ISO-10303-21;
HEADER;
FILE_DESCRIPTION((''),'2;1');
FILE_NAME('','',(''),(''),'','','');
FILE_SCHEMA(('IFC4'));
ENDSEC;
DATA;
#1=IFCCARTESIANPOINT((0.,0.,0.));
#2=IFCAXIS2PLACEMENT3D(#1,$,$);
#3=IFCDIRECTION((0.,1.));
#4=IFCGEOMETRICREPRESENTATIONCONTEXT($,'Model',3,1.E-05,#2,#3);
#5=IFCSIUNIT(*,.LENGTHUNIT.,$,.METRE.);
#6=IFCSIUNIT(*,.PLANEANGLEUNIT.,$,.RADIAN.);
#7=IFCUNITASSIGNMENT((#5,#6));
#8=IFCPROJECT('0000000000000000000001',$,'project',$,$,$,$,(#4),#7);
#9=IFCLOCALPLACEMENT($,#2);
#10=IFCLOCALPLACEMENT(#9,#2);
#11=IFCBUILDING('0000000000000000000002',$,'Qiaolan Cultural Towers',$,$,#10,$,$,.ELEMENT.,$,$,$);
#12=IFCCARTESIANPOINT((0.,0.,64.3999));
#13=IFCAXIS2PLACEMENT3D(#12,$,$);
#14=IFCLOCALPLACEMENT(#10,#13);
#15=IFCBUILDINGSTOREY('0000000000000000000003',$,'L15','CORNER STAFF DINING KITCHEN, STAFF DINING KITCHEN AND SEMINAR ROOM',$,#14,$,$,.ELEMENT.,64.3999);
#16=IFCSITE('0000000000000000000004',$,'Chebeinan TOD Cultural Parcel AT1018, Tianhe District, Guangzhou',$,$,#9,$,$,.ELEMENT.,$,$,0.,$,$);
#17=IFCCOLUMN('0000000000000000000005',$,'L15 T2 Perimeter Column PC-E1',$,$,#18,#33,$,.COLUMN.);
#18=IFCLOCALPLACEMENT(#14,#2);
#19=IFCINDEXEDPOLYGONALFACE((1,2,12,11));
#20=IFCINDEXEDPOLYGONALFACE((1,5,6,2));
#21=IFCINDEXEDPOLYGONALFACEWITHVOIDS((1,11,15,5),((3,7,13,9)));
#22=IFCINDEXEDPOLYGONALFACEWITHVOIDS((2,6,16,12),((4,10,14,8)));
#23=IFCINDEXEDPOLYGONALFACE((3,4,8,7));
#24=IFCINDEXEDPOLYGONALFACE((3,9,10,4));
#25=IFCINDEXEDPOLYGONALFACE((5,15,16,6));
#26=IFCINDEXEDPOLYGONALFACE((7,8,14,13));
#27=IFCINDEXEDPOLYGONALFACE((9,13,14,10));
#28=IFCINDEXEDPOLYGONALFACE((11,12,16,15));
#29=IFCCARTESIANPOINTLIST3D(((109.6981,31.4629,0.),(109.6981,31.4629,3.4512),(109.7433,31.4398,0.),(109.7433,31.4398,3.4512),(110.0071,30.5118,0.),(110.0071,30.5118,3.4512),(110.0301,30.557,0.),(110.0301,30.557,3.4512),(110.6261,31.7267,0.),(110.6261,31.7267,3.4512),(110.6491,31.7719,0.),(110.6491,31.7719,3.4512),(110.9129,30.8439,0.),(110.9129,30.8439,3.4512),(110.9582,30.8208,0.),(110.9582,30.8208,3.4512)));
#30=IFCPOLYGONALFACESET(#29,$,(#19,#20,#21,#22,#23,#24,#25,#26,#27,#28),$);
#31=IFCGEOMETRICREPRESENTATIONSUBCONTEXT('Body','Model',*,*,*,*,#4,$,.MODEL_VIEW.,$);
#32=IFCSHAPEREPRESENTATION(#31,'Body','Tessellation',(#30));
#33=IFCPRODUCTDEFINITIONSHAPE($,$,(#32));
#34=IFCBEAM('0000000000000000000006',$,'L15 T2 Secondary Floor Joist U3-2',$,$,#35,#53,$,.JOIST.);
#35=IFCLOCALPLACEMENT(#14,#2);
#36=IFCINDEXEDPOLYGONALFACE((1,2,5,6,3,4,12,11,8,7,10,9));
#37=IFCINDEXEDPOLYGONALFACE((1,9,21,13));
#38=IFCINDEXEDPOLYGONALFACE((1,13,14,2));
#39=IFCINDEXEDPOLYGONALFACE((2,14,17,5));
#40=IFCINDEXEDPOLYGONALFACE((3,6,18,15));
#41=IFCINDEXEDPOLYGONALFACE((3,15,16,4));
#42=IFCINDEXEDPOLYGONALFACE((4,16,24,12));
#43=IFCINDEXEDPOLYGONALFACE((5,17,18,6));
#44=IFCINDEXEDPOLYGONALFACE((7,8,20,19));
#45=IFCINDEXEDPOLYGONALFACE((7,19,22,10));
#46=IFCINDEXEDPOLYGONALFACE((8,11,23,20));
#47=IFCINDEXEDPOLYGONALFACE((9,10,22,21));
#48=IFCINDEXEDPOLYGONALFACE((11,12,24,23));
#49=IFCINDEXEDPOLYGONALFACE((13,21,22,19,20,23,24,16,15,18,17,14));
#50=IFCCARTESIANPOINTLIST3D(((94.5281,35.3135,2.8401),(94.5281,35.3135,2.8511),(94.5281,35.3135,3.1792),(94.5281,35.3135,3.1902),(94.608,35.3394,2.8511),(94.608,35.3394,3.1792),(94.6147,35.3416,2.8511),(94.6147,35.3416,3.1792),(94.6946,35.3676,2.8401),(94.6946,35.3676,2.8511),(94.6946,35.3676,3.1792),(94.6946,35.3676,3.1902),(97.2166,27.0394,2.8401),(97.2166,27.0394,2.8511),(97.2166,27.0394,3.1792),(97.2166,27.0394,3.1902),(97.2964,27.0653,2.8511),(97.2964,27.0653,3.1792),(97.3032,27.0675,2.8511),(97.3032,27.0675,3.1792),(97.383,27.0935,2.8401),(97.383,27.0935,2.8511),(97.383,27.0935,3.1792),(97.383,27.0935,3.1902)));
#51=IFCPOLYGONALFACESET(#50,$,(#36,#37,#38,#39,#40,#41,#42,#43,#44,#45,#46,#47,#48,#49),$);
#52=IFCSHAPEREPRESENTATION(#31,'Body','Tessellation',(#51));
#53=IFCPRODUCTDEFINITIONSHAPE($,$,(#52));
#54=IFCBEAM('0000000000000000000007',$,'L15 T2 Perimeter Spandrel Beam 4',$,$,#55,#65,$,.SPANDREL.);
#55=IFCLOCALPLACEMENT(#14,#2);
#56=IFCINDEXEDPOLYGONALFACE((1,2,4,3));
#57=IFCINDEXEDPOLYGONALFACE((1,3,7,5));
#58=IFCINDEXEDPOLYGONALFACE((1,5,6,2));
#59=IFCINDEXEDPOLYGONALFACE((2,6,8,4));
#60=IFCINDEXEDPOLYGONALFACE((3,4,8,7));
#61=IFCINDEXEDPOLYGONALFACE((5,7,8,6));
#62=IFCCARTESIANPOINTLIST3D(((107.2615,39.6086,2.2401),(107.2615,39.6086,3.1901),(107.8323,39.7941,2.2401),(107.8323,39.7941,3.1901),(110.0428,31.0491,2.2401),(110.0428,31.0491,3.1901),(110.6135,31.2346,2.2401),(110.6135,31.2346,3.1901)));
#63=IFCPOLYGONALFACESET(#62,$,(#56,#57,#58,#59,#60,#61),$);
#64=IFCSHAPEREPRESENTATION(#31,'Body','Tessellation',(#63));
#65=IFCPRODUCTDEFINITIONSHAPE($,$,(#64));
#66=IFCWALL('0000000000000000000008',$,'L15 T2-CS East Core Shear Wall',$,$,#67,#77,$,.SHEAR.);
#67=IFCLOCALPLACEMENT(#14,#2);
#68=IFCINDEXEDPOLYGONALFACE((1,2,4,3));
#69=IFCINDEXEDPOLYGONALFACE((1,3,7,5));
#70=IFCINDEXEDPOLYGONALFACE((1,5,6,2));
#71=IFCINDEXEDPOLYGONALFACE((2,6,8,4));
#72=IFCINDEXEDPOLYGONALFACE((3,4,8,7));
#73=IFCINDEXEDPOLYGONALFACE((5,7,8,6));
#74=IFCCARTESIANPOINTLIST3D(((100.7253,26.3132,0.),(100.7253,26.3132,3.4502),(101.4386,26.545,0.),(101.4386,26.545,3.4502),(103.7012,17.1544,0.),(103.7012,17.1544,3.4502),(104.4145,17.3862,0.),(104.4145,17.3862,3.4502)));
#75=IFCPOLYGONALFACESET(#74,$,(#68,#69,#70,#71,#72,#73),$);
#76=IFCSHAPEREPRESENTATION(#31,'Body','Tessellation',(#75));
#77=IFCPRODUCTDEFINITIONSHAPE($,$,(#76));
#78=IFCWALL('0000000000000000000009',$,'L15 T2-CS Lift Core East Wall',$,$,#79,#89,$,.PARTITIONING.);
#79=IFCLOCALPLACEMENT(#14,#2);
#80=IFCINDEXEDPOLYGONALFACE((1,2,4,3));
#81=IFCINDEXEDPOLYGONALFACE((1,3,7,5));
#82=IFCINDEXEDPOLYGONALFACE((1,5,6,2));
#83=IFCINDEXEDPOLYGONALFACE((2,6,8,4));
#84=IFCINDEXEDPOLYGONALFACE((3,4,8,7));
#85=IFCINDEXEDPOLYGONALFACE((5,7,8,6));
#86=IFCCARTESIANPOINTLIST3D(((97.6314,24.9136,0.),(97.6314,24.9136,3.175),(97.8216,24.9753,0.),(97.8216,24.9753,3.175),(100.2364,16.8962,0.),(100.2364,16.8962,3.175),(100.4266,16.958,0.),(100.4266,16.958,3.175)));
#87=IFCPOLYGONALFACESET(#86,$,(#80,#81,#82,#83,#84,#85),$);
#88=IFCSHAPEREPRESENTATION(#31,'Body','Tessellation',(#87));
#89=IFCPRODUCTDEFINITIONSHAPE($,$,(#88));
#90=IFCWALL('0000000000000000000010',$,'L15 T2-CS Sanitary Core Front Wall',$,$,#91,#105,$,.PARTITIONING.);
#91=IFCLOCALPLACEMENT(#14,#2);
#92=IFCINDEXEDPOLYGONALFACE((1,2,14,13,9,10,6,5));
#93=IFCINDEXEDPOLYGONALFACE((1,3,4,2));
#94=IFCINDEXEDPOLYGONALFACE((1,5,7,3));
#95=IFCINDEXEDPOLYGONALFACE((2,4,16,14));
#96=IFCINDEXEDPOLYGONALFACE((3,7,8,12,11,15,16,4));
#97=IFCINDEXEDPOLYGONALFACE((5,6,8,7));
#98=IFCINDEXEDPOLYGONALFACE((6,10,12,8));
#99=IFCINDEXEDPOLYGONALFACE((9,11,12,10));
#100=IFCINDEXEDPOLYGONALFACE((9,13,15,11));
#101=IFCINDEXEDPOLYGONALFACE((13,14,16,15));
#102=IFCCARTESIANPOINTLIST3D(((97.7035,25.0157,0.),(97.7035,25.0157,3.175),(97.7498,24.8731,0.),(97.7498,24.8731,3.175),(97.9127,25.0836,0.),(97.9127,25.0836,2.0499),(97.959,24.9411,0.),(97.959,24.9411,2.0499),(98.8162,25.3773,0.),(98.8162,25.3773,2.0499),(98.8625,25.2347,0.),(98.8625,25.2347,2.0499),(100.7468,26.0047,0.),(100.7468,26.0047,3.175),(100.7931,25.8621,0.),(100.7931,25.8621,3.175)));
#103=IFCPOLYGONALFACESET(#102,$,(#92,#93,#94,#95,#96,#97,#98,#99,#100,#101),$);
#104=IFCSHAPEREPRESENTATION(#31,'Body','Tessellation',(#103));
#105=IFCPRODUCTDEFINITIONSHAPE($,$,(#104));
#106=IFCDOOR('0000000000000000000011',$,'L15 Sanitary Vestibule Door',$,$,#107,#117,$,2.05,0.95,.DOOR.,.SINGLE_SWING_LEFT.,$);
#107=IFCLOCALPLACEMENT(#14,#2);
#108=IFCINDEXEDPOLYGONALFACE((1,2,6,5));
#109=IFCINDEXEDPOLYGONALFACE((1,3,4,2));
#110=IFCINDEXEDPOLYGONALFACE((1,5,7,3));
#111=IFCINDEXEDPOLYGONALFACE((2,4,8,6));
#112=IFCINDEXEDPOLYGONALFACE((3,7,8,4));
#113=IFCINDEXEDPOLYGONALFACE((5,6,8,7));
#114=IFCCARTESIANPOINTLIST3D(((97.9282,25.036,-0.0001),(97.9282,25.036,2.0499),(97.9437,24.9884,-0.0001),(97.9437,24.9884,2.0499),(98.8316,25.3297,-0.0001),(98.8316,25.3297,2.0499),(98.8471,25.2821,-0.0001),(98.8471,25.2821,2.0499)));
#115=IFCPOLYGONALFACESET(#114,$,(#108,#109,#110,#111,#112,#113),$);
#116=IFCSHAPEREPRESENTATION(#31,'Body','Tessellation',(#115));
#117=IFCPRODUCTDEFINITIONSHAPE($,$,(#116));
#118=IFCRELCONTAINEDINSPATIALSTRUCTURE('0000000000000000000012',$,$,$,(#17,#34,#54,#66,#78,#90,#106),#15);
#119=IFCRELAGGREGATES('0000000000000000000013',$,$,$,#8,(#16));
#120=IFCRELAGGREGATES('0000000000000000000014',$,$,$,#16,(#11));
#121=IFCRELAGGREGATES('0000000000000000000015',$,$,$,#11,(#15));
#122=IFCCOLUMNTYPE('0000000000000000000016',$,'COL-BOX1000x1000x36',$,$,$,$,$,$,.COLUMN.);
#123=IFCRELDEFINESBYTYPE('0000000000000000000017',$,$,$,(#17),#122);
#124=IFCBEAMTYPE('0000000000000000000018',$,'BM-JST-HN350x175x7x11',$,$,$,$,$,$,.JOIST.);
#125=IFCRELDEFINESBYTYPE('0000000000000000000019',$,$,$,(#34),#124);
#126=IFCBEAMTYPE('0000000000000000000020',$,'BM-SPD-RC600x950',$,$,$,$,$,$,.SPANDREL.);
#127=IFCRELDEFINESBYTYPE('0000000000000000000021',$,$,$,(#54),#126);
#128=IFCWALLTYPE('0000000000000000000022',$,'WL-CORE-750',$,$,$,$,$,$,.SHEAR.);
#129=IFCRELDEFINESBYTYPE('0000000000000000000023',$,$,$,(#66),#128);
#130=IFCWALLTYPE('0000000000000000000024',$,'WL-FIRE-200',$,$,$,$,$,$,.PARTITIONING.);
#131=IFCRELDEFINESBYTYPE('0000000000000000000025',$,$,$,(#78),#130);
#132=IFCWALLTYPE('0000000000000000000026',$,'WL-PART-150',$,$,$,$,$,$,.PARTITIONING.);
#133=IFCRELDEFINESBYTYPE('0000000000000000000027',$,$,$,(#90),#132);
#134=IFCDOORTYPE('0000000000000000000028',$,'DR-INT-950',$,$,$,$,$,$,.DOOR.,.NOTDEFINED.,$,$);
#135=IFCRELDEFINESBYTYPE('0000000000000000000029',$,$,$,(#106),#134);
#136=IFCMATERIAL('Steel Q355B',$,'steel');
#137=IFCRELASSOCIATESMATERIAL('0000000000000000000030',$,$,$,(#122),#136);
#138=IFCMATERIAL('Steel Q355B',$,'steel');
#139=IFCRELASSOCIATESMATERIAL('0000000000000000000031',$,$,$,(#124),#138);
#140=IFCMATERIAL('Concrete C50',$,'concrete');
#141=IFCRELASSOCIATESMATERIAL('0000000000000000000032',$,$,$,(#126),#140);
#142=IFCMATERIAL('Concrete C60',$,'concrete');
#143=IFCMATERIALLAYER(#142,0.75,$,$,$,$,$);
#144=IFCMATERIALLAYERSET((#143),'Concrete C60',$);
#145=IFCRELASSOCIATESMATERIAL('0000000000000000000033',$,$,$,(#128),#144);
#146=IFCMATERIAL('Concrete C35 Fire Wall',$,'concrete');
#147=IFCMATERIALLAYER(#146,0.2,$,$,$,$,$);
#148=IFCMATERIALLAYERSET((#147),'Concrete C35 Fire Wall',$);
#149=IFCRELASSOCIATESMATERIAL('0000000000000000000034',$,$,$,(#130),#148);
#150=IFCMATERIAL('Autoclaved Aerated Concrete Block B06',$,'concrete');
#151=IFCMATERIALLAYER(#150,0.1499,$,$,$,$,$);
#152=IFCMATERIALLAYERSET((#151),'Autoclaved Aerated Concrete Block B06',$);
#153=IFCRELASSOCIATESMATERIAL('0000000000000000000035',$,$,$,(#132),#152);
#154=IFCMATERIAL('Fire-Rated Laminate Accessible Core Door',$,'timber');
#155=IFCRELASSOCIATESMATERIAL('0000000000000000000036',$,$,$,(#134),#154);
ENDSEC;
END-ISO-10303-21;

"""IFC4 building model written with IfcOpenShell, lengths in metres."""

from ifc_helpers import new_model, si_unit, direction, frame, frame_2d, origin, origin_2d, place, context, subcontext, project, spatial, rectangle, hollow_rectangle, i_section, extrude, material, layer, layer_set, material_profile, profile_set, type_object, element, fill, save


model = new_model("IFC4")

# Units and contexts
model_context = context("Model", 3, precision=1e-05, world=origin(), true_north=direction((0.0, 1.0)))
body_context = subcontext(model_context, "Body", "Model", "MODEL_VIEW")
ifc_project = project(units=[si_unit("LENGTHUNIT", "METRE"), si_unit("PLANEANGLEUNIT", "RADIAN")], contexts=[model_context])

# Site, building, storey
site_placement = place(None, origin())
site = spatial("IfcSite", under=ifc_project, at=site_placement, Name="Chebeinan TOD Cultural Parcel AT1018, Tianhe District, Guangzhou", CompositionType="ELEMENT", RefElevation=0.0)
building_placement = place(site_placement, origin())
building = spatial("IfcBuilding", under=site, at=building_placement, Name="Qiaolan Cultural Towers", CompositionType="ELEMENT")
storey_placement = place(building_placement, frame((0.0, 0.0, 64.3999)))
storey = spatial("IfcBuildingStorey", under=building, at=storey_placement, Name="L15", Description="CORNER STAFF DINING KITCHEN, STAFF DINING KITCHEN AND SEMINAR ROOM", CompositionType="ELEMENT", Elevation=64.3999)

# Column
ifc_material_1 = material(Name="Steel Q355B", Category="steel")
ifc_material_profile_1 = material_profile(ifc_material_1, hollow_rectangle(XDim=1.0, YDim=1.0, WallThickness=0.0359, at=origin_2d()), Name="BOX1000x1000x36")
ifc_profile_set_1 = profile_set([ifc_material_profile_1], Name="Steel Q355B")
column_type = type_object("IfcColumnType", Name="COL-BOX1000x1000x36", PredefinedType="COLUMN", material=ifc_profile_set_1)
column_placement = place(storey_placement, frame((110.3281, 31.1418, 0.0), z_axis=(0.0, 0.0, 1.0), x_axis=(0.951057, 0.309017, 0.0)))
element("IfcColumn", 1, at=column_placement, inside=storey, type_object=column_type, Name="L15 T2 Perimeter Column PC-E1", PredefinedType="COLUMN", context=body_context, shape_type="SweptSolid", body=[
    extrude(hollow_rectangle(XDim=1.0, YDim=1.0, WallThickness=0.0359, at=origin_2d()), origin(), (0.0, 0.0, 1.0), 3.4512),
])

# Beams
ifc_material_2 = material(Name="Steel Q355B", Category="steel")
ifc_material_profile_2 = material_profile(ifc_material_2, i_section(OverallWidth=0.175, OverallDepth=0.3501, WebThickness=0.0071, FlangeThickness=0.011, at=origin_2d()), Name="HN350x175x7x11")
ifc_profile_set_2 = profile_set([ifc_material_profile_2], Name="Steel Q355B")
beam_type_1 = type_object("IfcBeamType", Name="BM-JST-HN350x175x7x11", PredefinedType="JOIST", material=ifc_profile_set_2)
beam_1_placement = place(storey_placement, frame((97.2998, 27.0664, 3.0151), z_axis=(-0.309021, 0.951055, 0.0), x_axis=(-0.951055, -0.309021, 0.0)))
element("IfcBeam", 2, at=beam_1_placement, inside=storey, type_object=beam_type_1, Name="L15 T2 Secondary Floor Joist U3-2", PredefinedType="JOIST", context=body_context, shape_type="SweptSolid", body=[
    extrude(i_section(OverallWidth=0.175, OverallDepth=0.3501, WebThickness=0.0071, FlangeThickness=0.011, at=origin_2d()), origin(), (0.0, 0.0, 1.0), 8.7),
])
ifc_material_3 = material(Name="Concrete C50", Category="concrete")
ifc_material_profile_3 = material_profile(ifc_material_3, rectangle(XDim=0.6001, YDim=0.95, at=origin_2d()), Name="RC600x950")
ifc_profile_set_3 = profile_set([ifc_material_profile_3], Name="Concrete C50")
beam_type_2 = type_object("IfcBeamType", Name="BM-SPD-RC600x950", PredefinedType="SPANDREL", material=ifc_profile_set_3)
beam_2_placement = place(storey_placement, frame((110.3281, 31.1418, 2.7151), z_axis=(-0.309025, 0.951054, 0.0), x_axis=(-0.951054, -0.309025, 0.0)))
element("IfcBeam", 3, at=beam_2_placement, inside=storey, type_object=beam_type_2, Name="L15 T2 Perimeter Spandrel Beam 4", PredefinedType="SPANDREL", context=body_context, shape_type="SweptSolid", body=[
    extrude(rectangle(XDim=0.6001, YDim=0.95, at=origin_2d()), origin(), (0.0, 0.0, 1.0), 9.0),
])

# Walls
ifc_material_4 = material(Name="Concrete C60", Category="concrete")
ifc_layer_1 = layer(ifc_material_4, 0.75)
ifc_layer_set_1 = layer_set([ifc_layer_1], Name="Concrete C60")
wall_type_1 = type_object("IfcWallType", Name="WL-CORE-750", PredefinedType="SHEAR", material=ifc_layer_set_1)
wall_1_placement = place(storey_placement, frame((101.082, 26.429, 0.0), z_axis=(0.0, 0.0, 1.0), x_axis=(0.309016, -0.951057, 0.0)))
element("IfcWall", 4, at=wall_1_placement, inside=storey, type_object=wall_type_1, Name="L15 T2-CS East Core Shear Wall", PredefinedType="SHEAR", context=body_context, shape_type="SweptSolid", body=[
    extrude(rectangle(XDim=9.6301, YDim=0.75, at=frame_2d((4.8149, 0.0))), origin(), (0.0, 0.0, 1.0), 3.4502),
])
ifc_material_5 = material(Name="Concrete C35 Fire Wall", Category="concrete")
ifc_layer_2 = layer(ifc_material_5, 0.2)
ifc_layer_set_2 = layer_set([ifc_layer_2], Name="Concrete C35 Fire Wall")
wall_type_2 = type_object("IfcWallType", Name="WL-FIRE-200", PredefinedType="PARTITIONING", material=ifc_layer_set_2)
wall_2_placement = place(storey_placement, frame((97.7266, 24.9443, 0.0), z_axis=(0.0, 0.0, 1.0), x_axis=(0.309016, -0.951057, 0.0)))
element("IfcWall", 5, at=wall_2_placement, inside=storey, type_object=wall_type_2, Name="L15 T2-CS Lift Core East Wall", PredefinedType="PARTITIONING", context=body_context, shape_type="SweptSolid", body=[
    extrude(rectangle(XDim=8.4299, YDim=0.2, at=frame_2d((4.2148, 0.0))), origin(), (0.0, 0.0, 1.0), 3.175),
])

# Wall, opening, door
ifc_material_6 = material(Name="Autoclaved Aerated Concrete Block B06", Category="concrete")
ifc_layer_3 = layer(ifc_material_6, 0.1499)
ifc_layer_set_3 = layer_set([ifc_layer_3], Name="Autoclaved Aerated Concrete Block B06")
wall_type_3 = type_object("IfcWallType", Name="WL-PART-150", PredefinedType="PARTITIONING", material=ifc_layer_set_3)
wall_3_placement = place(storey_placement, frame((97.7266, 24.9443, 0.0), z_axis=(0.0, 0.0, 1.0), x_axis=(0.951037, 0.309077, 0.0)))
wall_3 = element("IfcWall", 6, at=wall_3_placement, inside=storey, type_object=wall_type_3, Name="L15 T2-CS Sanitary Core Front Wall", PredefinedType="PARTITIONING", context=body_context, shape_type="SweptSolid", body=[
    extrude(rectangle(XDim=3.2, YDim=0.1499, at=frame_2d((1.6001, 0.0))), origin(), (0.0, 0.0, 1.0), 3.175),
])
opening_1_placement = place(wall_3_placement, frame((0.22, 0.0, 0.0)))
opening_1 = element("IfcOpeningElement", 7, at=opening_1_placement, cuts=wall_3, PredefinedType="OPENING", context=body_context, shape_type="SweptSolid", body=[
    extrude(rectangle(XDim=0.95, YDim=2.05, at=frame_2d((0.4751, 1.0249))), frame((0.0, 0.085, 0.0), z_axis=(0.0, -1.0, 0.0), x_axis=(1.0, 0.0, 0.0)), (0.0, 0.0, 1.0), 0.1699),
])
ifc_material_7 = material(Name="Fire-Rated Laminate Accessible Core Door", Category="timber")
door_type_1 = type_object("IfcDoorType", Name="DR-INT-950", OperationType="NOTDEFINED", PredefinedType="DOOR", material=ifc_material_7)
door_1_placement = place(opening_1_placement, origin())
door_1 = element("IfcDoor", 8, at=door_1_placement, inside=storey, type_object=door_type_1, Name="L15 Sanitary Vestibule Door", OperationType="SINGLE_SWING_LEFT", OverallHeight=2.05, OverallWidth=0.95, PredefinedType="DOOR", context=body_context, shape_type="SweptSolid", body=[
    extrude(rectangle(XDim=0.95, YDim=2.05, at=frame_2d((0.4751, 1.0249))), frame((0.0, 0.0249, 0.0), z_axis=(0.0, -1.0, 0.0), x_axis=(1.0, 0.0, 0.0)), (0.0, 0.0, 1.0), 0.05),
])
fill(opening_1, door_1)

save(model, "model.ifc")
